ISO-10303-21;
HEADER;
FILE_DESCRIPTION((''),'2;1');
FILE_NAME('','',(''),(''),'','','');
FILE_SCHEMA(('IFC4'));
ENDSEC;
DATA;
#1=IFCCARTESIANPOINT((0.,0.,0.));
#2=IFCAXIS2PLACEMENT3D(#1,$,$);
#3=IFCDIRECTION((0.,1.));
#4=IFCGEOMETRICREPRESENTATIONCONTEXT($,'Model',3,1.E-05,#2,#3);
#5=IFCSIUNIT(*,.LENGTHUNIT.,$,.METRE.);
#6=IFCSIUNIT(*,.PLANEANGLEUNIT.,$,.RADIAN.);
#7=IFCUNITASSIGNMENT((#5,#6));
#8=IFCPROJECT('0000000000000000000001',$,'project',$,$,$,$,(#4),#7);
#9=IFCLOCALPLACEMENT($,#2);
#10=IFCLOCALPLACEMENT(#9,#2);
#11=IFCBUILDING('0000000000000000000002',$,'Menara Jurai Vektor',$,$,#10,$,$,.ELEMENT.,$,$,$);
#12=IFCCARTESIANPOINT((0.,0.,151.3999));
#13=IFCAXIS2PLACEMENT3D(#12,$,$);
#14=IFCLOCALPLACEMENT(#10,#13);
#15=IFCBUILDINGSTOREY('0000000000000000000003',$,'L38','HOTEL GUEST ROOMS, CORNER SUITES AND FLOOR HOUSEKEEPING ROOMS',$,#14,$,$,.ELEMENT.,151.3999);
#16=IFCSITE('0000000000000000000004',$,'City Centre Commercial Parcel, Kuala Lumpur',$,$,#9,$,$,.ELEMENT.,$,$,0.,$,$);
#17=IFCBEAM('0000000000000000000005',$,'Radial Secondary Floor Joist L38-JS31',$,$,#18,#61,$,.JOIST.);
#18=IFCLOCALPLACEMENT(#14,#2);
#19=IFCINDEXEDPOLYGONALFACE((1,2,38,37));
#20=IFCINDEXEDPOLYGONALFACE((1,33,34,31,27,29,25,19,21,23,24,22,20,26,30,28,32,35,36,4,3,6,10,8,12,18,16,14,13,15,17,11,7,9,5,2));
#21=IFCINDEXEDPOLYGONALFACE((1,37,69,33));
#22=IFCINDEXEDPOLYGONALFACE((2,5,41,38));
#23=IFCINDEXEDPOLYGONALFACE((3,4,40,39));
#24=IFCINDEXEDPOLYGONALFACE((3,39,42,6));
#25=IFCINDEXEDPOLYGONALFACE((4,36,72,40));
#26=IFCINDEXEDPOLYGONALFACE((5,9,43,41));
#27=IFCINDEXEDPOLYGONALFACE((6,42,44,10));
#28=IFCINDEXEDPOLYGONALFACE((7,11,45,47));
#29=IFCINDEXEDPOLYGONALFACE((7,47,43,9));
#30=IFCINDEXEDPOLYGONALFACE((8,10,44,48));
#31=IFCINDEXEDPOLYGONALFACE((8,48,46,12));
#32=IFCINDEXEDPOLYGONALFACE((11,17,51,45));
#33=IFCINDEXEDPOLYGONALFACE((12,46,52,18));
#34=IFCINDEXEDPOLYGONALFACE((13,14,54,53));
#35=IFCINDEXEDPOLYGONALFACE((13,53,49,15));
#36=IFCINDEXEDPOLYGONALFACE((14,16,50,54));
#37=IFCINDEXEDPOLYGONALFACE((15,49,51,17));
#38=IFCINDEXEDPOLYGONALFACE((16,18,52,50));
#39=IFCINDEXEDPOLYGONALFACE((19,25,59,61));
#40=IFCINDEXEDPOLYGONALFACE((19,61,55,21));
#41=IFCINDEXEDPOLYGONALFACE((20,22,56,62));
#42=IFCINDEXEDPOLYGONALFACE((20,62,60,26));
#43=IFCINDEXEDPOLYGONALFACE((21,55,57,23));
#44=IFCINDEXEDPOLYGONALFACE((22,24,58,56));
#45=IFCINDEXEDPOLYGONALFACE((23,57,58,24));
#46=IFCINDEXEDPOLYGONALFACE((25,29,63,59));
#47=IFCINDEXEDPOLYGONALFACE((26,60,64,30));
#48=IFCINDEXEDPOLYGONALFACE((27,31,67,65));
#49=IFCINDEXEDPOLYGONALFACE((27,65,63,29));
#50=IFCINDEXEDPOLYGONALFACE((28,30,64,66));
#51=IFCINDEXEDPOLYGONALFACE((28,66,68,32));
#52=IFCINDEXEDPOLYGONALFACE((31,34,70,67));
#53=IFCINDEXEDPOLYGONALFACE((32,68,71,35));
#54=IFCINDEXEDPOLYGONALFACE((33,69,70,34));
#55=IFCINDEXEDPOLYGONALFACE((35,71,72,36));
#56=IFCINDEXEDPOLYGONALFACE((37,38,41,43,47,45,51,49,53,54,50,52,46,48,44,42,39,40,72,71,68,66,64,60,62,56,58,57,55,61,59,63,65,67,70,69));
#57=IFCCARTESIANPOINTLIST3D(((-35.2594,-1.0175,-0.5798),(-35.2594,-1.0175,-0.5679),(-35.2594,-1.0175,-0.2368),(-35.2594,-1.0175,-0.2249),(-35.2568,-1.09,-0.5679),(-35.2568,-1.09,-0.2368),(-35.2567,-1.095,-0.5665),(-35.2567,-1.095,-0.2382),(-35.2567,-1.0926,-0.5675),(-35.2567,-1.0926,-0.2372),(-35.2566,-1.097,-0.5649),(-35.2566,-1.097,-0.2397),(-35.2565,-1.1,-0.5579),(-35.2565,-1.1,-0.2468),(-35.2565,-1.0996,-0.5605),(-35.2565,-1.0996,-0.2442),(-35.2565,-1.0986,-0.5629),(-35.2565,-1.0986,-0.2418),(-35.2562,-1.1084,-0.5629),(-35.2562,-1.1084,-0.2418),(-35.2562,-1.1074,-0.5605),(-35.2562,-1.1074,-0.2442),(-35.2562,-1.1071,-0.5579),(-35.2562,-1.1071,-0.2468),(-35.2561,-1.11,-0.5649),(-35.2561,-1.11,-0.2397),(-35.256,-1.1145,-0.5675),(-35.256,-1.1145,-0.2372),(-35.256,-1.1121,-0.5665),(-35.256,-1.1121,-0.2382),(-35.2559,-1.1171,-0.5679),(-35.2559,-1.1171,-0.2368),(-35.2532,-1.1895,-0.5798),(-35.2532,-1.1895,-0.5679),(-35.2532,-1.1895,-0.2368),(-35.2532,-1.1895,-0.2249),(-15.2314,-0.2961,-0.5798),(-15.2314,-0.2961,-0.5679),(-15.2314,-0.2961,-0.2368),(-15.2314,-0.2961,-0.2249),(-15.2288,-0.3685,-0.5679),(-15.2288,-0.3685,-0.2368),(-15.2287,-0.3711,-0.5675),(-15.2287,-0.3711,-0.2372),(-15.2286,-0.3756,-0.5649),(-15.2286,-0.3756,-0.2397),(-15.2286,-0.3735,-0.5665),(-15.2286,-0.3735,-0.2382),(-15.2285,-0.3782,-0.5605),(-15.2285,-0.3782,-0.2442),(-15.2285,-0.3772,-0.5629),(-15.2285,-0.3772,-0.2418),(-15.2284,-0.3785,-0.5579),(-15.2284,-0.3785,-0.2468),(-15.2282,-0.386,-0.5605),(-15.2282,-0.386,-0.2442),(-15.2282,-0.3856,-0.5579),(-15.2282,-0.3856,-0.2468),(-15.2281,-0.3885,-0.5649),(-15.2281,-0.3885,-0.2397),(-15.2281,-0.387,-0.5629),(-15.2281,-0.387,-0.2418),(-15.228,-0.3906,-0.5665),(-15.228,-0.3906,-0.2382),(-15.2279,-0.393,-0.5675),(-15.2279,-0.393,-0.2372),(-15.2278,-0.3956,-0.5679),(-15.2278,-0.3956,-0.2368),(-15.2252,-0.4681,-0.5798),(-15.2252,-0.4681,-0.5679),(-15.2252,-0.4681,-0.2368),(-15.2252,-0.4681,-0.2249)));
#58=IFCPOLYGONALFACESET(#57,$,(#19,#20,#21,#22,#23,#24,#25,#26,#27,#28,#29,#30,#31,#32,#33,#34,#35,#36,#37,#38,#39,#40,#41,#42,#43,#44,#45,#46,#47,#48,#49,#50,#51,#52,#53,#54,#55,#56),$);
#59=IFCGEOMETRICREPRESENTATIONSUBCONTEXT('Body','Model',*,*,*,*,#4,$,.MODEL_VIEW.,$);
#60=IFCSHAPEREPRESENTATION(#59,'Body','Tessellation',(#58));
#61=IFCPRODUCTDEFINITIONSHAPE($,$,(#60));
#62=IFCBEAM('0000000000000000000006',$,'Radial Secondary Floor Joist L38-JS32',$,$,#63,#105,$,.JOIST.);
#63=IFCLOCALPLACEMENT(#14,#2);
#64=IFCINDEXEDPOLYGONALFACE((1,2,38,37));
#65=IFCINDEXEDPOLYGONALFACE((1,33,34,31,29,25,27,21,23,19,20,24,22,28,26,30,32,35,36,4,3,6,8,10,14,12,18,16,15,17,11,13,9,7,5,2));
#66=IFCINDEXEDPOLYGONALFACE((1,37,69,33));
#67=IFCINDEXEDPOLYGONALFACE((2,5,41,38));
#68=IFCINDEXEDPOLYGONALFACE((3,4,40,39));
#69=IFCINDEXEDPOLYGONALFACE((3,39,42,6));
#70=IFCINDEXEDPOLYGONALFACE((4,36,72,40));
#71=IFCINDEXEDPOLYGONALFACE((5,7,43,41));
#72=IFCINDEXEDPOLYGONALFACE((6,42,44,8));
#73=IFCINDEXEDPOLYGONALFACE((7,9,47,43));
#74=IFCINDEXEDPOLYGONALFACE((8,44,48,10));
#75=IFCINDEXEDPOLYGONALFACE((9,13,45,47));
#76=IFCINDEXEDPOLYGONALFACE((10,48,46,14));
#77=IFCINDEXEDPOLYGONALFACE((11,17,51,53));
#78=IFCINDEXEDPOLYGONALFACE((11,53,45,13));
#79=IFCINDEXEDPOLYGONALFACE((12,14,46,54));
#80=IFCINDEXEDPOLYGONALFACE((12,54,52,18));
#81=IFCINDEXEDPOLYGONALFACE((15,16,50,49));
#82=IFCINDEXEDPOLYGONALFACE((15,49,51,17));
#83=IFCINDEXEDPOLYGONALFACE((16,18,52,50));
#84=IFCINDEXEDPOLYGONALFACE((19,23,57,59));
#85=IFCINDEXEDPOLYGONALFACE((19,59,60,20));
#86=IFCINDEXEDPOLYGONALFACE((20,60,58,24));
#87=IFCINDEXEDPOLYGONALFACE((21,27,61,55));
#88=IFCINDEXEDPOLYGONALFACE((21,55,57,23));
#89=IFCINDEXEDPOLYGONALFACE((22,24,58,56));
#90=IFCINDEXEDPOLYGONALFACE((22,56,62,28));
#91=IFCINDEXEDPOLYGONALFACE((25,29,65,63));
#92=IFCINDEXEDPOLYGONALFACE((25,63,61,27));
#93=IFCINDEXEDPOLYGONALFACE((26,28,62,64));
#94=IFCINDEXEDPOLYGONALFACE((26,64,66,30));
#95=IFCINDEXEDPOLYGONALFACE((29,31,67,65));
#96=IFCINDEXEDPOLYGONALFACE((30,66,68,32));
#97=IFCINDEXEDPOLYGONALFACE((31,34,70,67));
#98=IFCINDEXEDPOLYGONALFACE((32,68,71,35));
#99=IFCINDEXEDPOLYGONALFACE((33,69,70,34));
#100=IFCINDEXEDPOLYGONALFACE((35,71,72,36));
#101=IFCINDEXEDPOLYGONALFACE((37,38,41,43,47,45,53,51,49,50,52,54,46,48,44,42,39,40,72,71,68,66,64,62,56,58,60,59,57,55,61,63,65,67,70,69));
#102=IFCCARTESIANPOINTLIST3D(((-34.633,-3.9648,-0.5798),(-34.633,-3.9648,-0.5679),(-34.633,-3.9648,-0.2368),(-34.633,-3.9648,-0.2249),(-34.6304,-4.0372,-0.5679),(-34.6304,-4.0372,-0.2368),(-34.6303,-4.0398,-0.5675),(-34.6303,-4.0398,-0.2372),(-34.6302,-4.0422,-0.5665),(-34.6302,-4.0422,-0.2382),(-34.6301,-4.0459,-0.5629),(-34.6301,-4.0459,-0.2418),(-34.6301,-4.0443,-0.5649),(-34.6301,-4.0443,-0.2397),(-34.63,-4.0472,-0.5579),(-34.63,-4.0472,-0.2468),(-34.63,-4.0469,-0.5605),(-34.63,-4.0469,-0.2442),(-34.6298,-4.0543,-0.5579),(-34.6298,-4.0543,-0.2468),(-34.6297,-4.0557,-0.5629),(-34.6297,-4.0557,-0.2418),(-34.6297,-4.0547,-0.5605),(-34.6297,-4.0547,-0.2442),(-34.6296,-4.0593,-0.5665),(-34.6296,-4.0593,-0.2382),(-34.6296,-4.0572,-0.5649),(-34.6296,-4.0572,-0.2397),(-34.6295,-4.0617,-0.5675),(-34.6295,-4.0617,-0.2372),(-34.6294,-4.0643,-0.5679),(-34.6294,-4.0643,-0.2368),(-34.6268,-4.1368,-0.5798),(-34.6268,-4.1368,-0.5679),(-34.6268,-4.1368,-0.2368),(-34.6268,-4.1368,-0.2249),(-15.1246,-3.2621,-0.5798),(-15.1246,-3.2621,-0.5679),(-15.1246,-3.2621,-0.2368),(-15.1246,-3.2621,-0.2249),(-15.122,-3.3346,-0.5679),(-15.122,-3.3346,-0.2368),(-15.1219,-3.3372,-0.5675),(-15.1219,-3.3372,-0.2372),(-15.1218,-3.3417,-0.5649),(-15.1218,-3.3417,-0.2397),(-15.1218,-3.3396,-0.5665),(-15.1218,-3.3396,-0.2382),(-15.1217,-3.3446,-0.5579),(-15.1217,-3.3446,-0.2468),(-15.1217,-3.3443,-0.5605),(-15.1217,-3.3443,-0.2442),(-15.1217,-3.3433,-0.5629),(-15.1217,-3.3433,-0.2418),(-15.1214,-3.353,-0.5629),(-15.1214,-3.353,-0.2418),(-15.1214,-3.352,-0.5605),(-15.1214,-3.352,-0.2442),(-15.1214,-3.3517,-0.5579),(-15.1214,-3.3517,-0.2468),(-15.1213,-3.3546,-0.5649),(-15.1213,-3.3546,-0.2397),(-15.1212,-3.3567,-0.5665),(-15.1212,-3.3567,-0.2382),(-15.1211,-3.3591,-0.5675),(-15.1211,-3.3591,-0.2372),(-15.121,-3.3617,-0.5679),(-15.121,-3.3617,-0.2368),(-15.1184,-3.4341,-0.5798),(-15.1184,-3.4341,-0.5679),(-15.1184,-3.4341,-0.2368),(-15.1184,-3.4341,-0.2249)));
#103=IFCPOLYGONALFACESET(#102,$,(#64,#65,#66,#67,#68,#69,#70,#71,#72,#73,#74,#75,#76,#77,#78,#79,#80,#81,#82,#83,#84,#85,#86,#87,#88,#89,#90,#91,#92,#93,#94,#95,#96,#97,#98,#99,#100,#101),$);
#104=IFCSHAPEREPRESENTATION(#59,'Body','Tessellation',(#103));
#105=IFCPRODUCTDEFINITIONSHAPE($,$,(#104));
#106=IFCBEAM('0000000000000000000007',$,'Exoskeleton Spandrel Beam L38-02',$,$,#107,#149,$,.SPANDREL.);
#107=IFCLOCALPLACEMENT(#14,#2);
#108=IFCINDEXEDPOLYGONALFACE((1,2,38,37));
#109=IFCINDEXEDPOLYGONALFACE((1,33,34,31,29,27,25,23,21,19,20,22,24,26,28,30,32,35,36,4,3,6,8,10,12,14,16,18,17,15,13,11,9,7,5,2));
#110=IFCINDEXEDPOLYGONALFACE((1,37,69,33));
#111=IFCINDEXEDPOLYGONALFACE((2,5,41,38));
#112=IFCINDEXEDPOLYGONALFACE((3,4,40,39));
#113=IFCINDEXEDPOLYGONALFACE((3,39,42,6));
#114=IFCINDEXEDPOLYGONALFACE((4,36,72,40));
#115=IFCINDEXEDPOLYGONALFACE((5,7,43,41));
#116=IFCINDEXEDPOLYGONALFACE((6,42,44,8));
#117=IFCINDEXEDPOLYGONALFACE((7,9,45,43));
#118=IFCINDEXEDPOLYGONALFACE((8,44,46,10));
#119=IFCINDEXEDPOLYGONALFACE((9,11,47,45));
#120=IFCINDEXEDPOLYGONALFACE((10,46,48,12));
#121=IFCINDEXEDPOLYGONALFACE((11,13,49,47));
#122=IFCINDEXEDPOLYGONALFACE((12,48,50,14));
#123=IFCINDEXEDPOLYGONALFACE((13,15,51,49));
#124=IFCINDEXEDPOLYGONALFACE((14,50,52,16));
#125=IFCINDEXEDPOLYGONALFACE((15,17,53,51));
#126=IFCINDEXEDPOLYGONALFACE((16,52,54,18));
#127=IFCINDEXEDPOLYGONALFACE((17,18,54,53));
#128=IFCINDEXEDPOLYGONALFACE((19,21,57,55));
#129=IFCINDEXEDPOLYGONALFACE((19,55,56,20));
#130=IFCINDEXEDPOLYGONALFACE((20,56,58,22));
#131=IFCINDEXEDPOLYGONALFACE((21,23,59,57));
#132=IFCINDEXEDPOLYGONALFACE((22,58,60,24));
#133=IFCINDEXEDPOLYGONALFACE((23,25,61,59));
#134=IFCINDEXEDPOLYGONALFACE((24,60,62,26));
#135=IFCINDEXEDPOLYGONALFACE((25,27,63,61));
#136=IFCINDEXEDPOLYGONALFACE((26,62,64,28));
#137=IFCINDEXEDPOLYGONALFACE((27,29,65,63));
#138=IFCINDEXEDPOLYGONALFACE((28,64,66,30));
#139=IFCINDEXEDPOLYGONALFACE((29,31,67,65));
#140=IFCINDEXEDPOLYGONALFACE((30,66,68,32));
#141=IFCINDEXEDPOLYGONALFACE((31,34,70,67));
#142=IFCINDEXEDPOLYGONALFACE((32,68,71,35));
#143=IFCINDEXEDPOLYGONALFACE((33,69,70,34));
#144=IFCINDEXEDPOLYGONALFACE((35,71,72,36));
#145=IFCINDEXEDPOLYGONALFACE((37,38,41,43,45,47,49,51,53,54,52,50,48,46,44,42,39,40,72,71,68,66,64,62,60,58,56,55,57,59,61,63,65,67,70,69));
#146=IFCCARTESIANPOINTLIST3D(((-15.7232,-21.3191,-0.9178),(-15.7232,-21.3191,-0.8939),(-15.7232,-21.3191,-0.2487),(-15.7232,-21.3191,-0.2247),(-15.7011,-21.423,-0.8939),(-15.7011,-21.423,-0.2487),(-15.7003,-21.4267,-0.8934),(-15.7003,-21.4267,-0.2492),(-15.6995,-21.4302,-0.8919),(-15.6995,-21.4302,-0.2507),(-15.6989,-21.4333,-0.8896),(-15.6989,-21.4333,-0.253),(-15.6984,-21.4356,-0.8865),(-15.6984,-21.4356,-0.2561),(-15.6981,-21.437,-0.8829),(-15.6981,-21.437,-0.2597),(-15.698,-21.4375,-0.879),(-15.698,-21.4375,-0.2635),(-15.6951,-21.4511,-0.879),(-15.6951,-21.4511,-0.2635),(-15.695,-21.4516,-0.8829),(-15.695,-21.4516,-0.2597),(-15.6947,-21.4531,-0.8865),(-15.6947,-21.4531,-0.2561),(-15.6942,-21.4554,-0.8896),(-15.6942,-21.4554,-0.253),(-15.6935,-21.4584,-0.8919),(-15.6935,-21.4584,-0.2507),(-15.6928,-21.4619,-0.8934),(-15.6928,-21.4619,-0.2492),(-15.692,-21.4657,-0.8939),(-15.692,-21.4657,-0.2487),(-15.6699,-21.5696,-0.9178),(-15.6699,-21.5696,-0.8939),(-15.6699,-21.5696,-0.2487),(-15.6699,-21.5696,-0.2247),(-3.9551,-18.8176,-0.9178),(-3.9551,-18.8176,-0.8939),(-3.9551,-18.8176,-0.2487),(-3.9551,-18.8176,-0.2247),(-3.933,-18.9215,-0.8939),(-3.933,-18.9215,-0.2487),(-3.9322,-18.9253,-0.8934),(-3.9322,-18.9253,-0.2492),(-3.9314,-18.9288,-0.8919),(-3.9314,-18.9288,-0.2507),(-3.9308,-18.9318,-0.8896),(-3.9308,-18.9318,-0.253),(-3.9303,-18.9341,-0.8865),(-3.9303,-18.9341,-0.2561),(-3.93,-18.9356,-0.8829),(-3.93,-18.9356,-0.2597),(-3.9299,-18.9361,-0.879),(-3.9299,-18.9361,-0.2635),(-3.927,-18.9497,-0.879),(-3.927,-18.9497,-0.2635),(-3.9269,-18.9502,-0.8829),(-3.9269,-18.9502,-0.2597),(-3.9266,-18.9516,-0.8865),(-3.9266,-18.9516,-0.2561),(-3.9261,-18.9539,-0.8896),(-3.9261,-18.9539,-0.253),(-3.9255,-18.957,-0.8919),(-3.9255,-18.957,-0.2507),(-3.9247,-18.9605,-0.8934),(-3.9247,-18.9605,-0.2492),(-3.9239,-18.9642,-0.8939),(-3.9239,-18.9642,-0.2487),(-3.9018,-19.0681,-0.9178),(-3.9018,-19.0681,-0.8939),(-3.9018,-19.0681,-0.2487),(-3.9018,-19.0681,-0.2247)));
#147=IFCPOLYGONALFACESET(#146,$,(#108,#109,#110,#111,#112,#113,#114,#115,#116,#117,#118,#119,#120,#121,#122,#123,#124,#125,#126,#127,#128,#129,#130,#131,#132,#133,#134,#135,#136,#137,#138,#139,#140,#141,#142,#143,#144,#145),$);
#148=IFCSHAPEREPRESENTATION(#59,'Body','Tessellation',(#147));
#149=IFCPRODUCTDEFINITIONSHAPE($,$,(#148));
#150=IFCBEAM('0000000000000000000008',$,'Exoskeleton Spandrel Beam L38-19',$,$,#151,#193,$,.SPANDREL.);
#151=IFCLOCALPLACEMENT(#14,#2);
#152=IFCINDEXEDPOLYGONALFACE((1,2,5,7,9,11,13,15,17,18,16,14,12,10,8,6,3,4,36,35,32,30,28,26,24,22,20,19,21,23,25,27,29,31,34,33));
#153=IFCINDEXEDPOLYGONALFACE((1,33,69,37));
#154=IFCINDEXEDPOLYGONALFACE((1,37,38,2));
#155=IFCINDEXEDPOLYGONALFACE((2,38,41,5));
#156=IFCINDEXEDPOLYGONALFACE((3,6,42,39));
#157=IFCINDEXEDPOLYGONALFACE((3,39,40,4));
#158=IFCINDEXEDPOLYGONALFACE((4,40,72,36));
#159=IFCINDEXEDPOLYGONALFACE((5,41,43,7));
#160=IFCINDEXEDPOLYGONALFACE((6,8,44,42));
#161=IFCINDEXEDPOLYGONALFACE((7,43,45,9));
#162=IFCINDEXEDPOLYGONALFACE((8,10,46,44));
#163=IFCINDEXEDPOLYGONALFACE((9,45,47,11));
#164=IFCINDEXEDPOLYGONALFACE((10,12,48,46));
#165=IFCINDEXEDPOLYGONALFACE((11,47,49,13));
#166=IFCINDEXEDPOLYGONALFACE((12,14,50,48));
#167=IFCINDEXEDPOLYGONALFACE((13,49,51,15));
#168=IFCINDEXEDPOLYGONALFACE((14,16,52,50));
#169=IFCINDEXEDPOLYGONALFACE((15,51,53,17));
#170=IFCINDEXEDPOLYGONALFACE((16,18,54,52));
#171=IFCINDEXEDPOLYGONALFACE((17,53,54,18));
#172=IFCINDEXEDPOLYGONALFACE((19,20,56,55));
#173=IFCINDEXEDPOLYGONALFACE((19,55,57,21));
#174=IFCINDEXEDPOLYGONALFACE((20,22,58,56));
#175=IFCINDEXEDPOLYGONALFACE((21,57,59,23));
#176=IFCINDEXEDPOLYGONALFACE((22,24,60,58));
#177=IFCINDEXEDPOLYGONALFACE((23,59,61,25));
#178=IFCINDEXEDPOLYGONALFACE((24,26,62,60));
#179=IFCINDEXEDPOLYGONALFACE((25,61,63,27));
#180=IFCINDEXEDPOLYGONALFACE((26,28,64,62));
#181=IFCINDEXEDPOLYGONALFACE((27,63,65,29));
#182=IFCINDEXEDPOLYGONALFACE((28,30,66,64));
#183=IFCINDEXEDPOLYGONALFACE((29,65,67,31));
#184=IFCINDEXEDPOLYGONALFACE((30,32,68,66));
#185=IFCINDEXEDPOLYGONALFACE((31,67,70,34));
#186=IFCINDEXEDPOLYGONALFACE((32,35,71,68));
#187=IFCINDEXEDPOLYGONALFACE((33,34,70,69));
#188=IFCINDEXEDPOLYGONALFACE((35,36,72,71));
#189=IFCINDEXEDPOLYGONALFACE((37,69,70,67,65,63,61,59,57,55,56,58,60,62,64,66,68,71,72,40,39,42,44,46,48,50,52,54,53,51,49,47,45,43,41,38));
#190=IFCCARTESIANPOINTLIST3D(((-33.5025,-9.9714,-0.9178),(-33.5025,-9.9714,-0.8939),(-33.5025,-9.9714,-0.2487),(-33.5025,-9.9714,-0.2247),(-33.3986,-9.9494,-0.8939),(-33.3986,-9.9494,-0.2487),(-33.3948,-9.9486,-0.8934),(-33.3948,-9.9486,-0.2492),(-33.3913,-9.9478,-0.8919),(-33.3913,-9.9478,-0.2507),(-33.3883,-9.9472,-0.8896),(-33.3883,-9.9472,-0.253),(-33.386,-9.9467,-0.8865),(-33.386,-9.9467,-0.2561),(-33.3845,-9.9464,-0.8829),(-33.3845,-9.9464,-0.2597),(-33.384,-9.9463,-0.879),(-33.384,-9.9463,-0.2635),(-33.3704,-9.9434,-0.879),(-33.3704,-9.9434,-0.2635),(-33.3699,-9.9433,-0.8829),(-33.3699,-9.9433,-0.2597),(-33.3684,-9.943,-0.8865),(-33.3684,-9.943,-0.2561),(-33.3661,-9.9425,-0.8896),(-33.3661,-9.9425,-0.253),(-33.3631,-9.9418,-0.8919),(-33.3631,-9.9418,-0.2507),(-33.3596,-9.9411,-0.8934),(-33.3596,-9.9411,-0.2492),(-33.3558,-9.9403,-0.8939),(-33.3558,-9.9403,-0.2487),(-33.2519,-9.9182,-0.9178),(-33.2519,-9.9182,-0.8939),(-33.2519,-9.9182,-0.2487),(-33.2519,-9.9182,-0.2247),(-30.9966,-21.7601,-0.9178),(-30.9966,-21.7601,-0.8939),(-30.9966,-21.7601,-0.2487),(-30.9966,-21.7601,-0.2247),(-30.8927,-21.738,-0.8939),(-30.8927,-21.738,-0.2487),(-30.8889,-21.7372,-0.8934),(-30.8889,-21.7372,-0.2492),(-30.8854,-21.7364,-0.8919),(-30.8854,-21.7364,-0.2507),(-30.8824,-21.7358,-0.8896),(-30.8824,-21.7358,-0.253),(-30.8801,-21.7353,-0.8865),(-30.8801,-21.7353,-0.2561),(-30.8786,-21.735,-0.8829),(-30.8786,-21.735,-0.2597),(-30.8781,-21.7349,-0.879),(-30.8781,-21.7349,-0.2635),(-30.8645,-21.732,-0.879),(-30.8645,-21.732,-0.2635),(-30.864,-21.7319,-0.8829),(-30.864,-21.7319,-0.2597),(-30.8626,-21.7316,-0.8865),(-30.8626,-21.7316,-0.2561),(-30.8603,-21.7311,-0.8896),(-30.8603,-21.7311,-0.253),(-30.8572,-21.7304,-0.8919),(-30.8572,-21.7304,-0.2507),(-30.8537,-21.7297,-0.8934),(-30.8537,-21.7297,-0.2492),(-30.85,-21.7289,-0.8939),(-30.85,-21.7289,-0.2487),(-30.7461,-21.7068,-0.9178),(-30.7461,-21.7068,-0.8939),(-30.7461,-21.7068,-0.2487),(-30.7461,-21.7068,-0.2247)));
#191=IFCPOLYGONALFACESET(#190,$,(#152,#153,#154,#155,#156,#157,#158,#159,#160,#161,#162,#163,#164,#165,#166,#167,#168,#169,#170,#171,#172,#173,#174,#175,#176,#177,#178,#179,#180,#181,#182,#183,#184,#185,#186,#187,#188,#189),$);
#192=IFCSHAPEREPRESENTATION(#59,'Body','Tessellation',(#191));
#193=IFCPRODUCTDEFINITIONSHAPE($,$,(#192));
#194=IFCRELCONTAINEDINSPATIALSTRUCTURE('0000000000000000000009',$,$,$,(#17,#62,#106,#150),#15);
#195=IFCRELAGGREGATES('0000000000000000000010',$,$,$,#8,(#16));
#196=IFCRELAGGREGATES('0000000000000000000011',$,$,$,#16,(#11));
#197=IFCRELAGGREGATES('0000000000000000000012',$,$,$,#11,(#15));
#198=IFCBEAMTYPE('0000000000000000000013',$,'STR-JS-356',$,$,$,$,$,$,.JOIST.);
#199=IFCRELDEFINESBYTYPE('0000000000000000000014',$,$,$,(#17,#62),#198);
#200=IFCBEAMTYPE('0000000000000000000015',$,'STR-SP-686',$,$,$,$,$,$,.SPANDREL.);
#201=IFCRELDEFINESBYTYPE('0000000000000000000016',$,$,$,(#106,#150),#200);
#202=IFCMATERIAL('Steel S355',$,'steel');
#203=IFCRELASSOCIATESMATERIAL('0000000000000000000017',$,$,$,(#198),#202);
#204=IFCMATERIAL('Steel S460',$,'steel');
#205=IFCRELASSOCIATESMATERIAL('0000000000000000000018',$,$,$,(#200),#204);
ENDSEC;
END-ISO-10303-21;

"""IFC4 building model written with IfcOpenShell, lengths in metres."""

from ifc_helpers import new_model, si_unit, direction, frame, origin, origin_2d, place, context, subcontext, project, spatial, i_section, extrude, material, material_profile, profile_set, type_object, element, save


model = new_model("IFC4")

# Units and contexts
model_context = context("Model", 3, precision=1e-05, world=origin(), true_north=direction((0.0, 1.0)))
body_context = subcontext(model_context, "Body", "Model", "MODEL_VIEW")
ifc_project = project(units=[si_unit("LENGTHUNIT", "METRE"), si_unit("PLANEANGLEUNIT", "RADIAN")], contexts=[model_context])

# Site, building, storey
site_placement = place(None, origin())
site = spatial("IfcSite", under=ifc_project, at=site_placement, Name="City Centre Commercial Parcel, Kuala Lumpur", CompositionType="ELEMENT", RefElevation=0.0)
building_placement = place(site_placement, origin())
building = spatial("IfcBuilding", under=site, at=building_placement, Name="Menara Jurai Vektor", CompositionType="ELEMENT")
storey_placement = place(building_placement, frame((0.0, 0.0, 151.3999)))
storey = spatial("IfcBuildingStorey", under=building, at=storey_placement, Name="L38", Description="HOTEL GUEST ROOMS, CORNER SUITES AND FLOOR HOUSEKEEPING ROOMS", CompositionType="ELEMENT", Elevation=151.3999)

# Shared definitions
ifc_material_1 = material(Name="Steel S460", Category="steel")

# Beams
ifc_material_2 = material(Name="Steel S355", Category="steel")
ifc_material_profile_1 = material_profile(ifc_material_2, i_section(OverallWidth=0.1721, OverallDepth=0.355, WebThickness=0.0071, FlangeThickness=0.012, FilletRadius=0.01, at=origin_2d()), Name="UKB 356x171x51")
ifc_profile_set_1 = profile_set([ifc_material_profile_1], Name="Steel S355")
beam_type_1 = type_object("IfcBeamType", Name="STR-JS-356", PredefinedType="JOIST", material=ifc_profile_set_1)
beam_1_placement = place(storey_placement, frame((-35.2563, -1.1035, -0.4023), z_axis=(0.999352, 0.035998, 0.0), x_axis=(-0.035998, 0.999352, 0.0)))
element("IfcBeam", 1, at=beam_1_placement, inside=storey, type_object=beam_type_1, Name="Radial Secondary Floor Joist L38-JS31", PredefinedType="JOIST", context=body_context, shape_type="SweptSolid", body=[
    extrude(i_section(OverallWidth=0.1721, OverallDepth=0.355, WebThickness=0.0071, FlangeThickness=0.012, FilletRadius=0.01, at=origin_2d()), origin(), (0.0, 0.0, 1.0), 20.041),
])
beam_2_placement = place(storey_placement, frame((-34.6299, -4.0508, -0.4023), z_axis=(0.999352, 0.035994, 0.0), x_axis=(-0.035994, 0.999352, 0.0)))
element("IfcBeam", 2, at=beam_2_placement, inside=storey, type_object=beam_type_1, Name="Radial Secondary Floor Joist L38-JS32", PredefinedType="JOIST", context=body_context, shape_type="SweptSolid", body=[
    extrude(i_section(OverallWidth=0.1721, OverallDepth=0.355, WebThickness=0.0071, FlangeThickness=0.012, FilletRadius=0.01, at=origin_2d()), origin(), (0.0, 0.0, 1.0), 19.521),
])
ifc_material_profile_2 = material_profile(ifc_material_1, i_section(OverallWidth=0.2561, OverallDepth=0.6931, WebThickness=0.0139, FlangeThickness=0.0239, FilletRadius=0.0149, at=origin_2d()), Name="UKB 686x254x170")
ifc_profile_set_2 = profile_set([ifc_material_profile_2], Name="Steel S460")
beam_type_2 = type_object("IfcBeamType", Name="STR-SP-686", PredefinedType="SPANDREL", material=ifc_profile_set_2)
beam_3_placement = place(storey_placement, frame((-15.6965, -21.4443, -0.5713), z_axis=(0.978146, 0.207918, 0.0), x_axis=(-0.207918, 0.978146, 0.0)))
element("IfcBeam", 3, at=beam_3_placement, inside=storey, type_object=beam_type_2, Name="Exoskeleton Spandrel Beam L38-02", PredefinedType="SPANDREL", context=body_context, shape_type="SweptSolid", body=[
    extrude(i_section(OverallWidth=0.2561, OverallDepth=0.6931, WebThickness=0.0139, FlangeThickness=0.0239, FilletRadius=0.0149, at=origin_2d()), origin(), (0.0, 0.0, 1.0), 12.031),
])
beam_4_placement = place(storey_placement, frame((-33.3772, -9.9448, -0.5713), z_axis=(0.207921, -0.978146, 0.0), x_axis=(0.978146, 0.207921, 0.0)))
element("IfcBeam", 4, at=beam_4_placement, inside=storey, type_object=beam_type_2, Name="Exoskeleton Spandrel Beam L38-19", PredefinedType="SPANDREL", context=body_context, shape_type="SweptSolid", body=[
    extrude(i_section(OverallWidth=0.2561, OverallDepth=0.6931, WebThickness=0.0139, FlangeThickness=0.0239, FilletRadius=0.0149, at=origin_2d()), origin(), (0.0, 0.0, 1.0), 12.052),
])

save(model, "model.ifc")
